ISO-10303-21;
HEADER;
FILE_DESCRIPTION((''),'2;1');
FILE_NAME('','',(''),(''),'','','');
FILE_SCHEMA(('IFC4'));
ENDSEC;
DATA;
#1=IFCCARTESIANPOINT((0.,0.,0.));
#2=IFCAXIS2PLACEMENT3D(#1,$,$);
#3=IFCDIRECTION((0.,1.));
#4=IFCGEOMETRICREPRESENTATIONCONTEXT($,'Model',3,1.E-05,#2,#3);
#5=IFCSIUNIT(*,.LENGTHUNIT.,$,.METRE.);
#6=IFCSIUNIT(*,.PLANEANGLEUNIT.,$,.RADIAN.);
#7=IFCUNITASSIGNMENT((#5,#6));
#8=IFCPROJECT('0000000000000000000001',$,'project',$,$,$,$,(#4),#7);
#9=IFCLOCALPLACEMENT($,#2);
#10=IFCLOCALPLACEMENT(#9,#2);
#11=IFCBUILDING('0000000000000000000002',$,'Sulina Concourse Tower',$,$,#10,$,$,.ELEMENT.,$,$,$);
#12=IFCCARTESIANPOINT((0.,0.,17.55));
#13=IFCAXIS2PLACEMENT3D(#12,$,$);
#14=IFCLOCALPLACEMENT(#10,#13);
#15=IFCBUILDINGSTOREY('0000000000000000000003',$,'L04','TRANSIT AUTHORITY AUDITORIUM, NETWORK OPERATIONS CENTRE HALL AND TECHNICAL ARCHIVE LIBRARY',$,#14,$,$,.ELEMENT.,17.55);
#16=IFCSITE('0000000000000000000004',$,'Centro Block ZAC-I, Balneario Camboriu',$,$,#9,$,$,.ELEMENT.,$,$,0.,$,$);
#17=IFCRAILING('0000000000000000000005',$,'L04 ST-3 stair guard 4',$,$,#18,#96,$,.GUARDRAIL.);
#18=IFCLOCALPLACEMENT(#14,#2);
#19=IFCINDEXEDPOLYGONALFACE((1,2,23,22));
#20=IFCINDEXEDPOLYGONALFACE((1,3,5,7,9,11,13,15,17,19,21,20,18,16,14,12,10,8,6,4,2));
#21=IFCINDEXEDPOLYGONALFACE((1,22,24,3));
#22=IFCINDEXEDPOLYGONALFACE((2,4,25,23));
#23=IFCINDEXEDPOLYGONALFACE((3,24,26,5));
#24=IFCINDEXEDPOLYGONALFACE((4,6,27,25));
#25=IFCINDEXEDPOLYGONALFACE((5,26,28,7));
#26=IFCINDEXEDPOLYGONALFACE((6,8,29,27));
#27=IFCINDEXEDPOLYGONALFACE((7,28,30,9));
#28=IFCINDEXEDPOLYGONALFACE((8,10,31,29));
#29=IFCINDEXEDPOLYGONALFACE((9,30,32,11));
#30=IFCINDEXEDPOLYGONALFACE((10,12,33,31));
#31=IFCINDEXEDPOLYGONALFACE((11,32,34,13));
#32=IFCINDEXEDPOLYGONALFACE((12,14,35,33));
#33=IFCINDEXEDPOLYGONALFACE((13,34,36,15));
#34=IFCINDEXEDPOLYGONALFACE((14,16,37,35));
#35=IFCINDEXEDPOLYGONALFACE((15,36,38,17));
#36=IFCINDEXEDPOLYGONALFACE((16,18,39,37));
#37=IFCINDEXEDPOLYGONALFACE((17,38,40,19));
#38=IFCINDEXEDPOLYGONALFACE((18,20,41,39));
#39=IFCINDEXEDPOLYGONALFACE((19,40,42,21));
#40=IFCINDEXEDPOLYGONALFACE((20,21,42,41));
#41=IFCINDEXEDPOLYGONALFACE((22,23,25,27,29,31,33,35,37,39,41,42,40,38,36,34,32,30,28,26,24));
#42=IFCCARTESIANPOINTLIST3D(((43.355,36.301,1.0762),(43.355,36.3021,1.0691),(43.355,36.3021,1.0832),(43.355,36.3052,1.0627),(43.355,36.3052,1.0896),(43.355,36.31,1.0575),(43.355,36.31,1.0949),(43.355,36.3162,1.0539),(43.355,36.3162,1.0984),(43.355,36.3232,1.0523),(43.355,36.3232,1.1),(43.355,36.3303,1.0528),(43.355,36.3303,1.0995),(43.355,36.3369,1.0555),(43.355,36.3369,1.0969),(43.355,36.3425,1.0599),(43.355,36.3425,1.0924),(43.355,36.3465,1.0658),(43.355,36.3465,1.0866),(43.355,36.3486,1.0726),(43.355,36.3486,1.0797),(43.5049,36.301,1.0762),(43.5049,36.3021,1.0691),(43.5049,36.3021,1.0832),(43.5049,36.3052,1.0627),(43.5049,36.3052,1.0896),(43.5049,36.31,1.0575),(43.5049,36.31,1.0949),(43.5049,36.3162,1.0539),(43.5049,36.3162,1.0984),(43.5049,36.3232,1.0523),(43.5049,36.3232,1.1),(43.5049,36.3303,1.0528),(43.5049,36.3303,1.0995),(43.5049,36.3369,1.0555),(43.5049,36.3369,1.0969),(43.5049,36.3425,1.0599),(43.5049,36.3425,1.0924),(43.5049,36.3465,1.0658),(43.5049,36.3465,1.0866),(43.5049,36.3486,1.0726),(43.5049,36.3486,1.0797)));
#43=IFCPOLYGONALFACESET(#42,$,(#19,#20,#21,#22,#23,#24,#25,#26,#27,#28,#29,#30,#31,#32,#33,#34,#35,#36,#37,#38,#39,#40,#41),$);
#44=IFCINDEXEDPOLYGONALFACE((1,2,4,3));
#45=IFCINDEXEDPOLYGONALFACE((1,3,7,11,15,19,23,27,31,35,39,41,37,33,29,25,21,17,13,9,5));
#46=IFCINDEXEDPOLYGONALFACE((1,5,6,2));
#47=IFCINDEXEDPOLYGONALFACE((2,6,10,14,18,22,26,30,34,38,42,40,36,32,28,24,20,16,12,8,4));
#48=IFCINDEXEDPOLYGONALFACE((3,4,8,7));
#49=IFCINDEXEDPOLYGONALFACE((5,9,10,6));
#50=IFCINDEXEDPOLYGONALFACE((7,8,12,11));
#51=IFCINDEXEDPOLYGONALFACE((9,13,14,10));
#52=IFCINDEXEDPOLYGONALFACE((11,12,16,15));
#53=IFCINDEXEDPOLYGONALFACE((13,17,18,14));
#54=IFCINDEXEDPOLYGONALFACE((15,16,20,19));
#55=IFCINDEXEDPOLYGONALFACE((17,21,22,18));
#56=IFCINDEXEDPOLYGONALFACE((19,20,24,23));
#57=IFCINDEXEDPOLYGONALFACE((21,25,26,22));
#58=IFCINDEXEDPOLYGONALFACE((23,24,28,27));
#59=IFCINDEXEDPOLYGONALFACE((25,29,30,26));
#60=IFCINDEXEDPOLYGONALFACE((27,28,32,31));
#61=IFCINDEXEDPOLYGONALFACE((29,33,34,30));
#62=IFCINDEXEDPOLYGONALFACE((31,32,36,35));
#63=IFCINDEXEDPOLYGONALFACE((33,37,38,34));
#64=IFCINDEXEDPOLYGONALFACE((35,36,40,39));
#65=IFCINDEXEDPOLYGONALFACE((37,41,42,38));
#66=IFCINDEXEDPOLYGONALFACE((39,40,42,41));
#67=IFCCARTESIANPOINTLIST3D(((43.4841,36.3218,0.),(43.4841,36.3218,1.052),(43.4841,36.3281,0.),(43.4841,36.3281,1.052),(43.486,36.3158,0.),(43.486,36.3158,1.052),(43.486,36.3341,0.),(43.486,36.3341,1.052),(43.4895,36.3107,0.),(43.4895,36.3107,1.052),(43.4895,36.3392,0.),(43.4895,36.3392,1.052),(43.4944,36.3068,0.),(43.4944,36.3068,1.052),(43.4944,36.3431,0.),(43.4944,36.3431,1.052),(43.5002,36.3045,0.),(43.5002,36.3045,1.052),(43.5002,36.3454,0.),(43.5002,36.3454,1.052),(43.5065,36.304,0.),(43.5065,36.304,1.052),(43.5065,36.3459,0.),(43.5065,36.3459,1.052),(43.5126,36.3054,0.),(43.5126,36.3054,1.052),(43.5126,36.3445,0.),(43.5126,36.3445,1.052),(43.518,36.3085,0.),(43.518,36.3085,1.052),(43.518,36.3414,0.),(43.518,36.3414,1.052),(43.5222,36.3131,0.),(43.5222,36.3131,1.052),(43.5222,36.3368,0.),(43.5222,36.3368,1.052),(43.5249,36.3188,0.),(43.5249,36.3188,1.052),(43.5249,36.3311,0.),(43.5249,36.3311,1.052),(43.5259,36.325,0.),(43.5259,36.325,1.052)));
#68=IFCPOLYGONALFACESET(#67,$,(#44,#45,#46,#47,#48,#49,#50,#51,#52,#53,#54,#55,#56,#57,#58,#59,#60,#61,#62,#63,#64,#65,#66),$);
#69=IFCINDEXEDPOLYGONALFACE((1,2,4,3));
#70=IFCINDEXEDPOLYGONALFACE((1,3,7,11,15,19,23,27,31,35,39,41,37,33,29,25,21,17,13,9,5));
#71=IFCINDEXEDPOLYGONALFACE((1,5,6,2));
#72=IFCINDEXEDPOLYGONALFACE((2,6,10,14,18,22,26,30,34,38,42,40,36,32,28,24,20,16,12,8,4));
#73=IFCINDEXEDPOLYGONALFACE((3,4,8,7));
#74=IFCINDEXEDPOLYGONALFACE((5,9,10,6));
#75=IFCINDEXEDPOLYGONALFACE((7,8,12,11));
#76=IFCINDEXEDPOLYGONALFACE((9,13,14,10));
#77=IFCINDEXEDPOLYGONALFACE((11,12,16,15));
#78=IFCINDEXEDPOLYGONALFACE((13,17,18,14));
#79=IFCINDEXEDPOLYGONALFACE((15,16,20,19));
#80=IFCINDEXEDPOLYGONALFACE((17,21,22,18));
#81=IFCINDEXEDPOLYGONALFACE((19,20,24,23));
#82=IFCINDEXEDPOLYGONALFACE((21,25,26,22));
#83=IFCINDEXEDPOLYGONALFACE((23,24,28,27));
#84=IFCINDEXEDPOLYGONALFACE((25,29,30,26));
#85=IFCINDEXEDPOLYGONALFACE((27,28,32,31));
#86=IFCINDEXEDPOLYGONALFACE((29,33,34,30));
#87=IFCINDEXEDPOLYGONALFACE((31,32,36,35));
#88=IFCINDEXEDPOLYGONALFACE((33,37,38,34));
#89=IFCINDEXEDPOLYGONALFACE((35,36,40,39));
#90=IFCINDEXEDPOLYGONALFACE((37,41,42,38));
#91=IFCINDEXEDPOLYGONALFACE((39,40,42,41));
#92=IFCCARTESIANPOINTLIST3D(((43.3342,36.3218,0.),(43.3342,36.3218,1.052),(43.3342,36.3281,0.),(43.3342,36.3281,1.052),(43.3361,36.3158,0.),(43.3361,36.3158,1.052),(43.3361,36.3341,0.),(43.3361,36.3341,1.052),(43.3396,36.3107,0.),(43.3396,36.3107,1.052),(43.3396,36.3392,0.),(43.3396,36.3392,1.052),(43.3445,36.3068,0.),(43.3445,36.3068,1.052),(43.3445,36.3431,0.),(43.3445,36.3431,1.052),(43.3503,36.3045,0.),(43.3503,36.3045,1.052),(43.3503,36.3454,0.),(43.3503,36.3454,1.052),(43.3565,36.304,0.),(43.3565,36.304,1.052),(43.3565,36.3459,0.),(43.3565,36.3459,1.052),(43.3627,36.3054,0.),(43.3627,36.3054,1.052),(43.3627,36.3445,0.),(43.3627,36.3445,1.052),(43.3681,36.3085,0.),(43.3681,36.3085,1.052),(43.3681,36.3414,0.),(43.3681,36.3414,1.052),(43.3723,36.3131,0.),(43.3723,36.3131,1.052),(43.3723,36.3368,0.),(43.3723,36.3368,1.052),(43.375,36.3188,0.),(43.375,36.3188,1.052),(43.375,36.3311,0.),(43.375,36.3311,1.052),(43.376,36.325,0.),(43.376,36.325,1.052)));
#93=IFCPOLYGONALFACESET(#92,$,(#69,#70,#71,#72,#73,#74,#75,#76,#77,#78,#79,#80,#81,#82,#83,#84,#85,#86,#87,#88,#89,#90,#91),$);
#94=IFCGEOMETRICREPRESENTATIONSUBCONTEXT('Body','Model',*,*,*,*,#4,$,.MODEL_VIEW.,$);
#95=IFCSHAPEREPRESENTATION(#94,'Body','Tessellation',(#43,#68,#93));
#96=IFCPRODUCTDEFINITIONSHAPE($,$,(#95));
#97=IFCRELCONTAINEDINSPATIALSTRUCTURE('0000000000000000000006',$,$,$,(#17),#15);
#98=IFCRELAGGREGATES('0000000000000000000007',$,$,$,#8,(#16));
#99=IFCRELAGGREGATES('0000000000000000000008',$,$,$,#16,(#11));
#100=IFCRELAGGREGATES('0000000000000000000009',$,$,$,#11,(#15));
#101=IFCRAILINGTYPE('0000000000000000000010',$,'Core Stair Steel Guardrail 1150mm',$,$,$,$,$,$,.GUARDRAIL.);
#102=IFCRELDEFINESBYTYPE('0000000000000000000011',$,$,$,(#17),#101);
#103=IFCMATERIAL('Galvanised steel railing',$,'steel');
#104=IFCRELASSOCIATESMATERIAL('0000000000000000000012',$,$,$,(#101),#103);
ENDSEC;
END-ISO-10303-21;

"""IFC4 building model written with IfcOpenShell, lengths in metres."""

from ifc_helpers import new_model, si_unit, direction, frame, origin, origin_2d, place, context, subcontext, project, spatial, circle, extrude, material, type_object, element, save


model = new_model("IFC4")

# Units and contexts
model_context = context("Model", 3, precision=1e-05, world=origin(), true_north=direction((0.0, 1.0)))
body_context = subcontext(model_context, "Body", "Model", "MODEL_VIEW")
ifc_project = project(units=[si_unit("LENGTHUNIT", "METRE"), si_unit("PLANEANGLEUNIT", "RADIAN")], contexts=[model_context])

# Site, building, storey
site_placement = place(None, origin())
site = spatial("IfcSite", under=ifc_project, at=site_placement, Name="Centro Block ZAC-I, Balneario Camboriu", CompositionType="ELEMENT", RefElevation=0.0)
building_placement = place(site_placement, origin())
building = spatial("IfcBuilding", under=site, at=building_placement, Name="Sulina Concourse Tower", CompositionType="ELEMENT")
storey_placement = place(building_placement, frame((0.0, 0.0, 17.55)))
storey = spatial("IfcBuildingStorey", under=building, at=storey_placement, Name="L04", Description="TRANSIT AUTHORITY AUDITORIUM, NETWORK OPERATIONS CENTRE HALL AND TECHNICAL ARCHIVE LIBRARY", CompositionType="ELEMENT", Elevation=17.55)

# Railing
ifc_material_1 = material(Name="Galvanised steel railing", Category="steel")
railing_type_1 = type_object("IfcRailingType", Name="Core Stair Steel Guardrail 1150mm", PredefinedType="GUARDRAIL", material=ifc_material_1)
railing_1_placement = place(storey_placement, frame((43.5049, 36.325, 0.0)))
element("IfcRailing", 1, at=railing_1_placement, inside=storey, type_object=railing_type_1, Name="L04 ST-3 stair guard 4", PredefinedType="GUARDRAIL", context=body_context, shape_type="SweptSolid", body=[
    extrude(circle(Radius=0.0239, at=origin_2d()), frame((0.0, 0.0, 1.0762), z_axis=(-1.0, 0.0, 0.0), x_axis=(0.0, -1.0, 0.0)), (0.0, 0.0, 1.0), 0.1499),
    extrude(circle(Radius=0.021, at=origin_2d()), origin(), (0.0, 0.0, 1.0), 1.052),
    extrude(circle(Radius=0.021, at=origin_2d()), frame((-0.1499, 0.0, 0.0)), (0.0, 0.0, 1.0), 1.052),
])

save(model, "model.ifc")
